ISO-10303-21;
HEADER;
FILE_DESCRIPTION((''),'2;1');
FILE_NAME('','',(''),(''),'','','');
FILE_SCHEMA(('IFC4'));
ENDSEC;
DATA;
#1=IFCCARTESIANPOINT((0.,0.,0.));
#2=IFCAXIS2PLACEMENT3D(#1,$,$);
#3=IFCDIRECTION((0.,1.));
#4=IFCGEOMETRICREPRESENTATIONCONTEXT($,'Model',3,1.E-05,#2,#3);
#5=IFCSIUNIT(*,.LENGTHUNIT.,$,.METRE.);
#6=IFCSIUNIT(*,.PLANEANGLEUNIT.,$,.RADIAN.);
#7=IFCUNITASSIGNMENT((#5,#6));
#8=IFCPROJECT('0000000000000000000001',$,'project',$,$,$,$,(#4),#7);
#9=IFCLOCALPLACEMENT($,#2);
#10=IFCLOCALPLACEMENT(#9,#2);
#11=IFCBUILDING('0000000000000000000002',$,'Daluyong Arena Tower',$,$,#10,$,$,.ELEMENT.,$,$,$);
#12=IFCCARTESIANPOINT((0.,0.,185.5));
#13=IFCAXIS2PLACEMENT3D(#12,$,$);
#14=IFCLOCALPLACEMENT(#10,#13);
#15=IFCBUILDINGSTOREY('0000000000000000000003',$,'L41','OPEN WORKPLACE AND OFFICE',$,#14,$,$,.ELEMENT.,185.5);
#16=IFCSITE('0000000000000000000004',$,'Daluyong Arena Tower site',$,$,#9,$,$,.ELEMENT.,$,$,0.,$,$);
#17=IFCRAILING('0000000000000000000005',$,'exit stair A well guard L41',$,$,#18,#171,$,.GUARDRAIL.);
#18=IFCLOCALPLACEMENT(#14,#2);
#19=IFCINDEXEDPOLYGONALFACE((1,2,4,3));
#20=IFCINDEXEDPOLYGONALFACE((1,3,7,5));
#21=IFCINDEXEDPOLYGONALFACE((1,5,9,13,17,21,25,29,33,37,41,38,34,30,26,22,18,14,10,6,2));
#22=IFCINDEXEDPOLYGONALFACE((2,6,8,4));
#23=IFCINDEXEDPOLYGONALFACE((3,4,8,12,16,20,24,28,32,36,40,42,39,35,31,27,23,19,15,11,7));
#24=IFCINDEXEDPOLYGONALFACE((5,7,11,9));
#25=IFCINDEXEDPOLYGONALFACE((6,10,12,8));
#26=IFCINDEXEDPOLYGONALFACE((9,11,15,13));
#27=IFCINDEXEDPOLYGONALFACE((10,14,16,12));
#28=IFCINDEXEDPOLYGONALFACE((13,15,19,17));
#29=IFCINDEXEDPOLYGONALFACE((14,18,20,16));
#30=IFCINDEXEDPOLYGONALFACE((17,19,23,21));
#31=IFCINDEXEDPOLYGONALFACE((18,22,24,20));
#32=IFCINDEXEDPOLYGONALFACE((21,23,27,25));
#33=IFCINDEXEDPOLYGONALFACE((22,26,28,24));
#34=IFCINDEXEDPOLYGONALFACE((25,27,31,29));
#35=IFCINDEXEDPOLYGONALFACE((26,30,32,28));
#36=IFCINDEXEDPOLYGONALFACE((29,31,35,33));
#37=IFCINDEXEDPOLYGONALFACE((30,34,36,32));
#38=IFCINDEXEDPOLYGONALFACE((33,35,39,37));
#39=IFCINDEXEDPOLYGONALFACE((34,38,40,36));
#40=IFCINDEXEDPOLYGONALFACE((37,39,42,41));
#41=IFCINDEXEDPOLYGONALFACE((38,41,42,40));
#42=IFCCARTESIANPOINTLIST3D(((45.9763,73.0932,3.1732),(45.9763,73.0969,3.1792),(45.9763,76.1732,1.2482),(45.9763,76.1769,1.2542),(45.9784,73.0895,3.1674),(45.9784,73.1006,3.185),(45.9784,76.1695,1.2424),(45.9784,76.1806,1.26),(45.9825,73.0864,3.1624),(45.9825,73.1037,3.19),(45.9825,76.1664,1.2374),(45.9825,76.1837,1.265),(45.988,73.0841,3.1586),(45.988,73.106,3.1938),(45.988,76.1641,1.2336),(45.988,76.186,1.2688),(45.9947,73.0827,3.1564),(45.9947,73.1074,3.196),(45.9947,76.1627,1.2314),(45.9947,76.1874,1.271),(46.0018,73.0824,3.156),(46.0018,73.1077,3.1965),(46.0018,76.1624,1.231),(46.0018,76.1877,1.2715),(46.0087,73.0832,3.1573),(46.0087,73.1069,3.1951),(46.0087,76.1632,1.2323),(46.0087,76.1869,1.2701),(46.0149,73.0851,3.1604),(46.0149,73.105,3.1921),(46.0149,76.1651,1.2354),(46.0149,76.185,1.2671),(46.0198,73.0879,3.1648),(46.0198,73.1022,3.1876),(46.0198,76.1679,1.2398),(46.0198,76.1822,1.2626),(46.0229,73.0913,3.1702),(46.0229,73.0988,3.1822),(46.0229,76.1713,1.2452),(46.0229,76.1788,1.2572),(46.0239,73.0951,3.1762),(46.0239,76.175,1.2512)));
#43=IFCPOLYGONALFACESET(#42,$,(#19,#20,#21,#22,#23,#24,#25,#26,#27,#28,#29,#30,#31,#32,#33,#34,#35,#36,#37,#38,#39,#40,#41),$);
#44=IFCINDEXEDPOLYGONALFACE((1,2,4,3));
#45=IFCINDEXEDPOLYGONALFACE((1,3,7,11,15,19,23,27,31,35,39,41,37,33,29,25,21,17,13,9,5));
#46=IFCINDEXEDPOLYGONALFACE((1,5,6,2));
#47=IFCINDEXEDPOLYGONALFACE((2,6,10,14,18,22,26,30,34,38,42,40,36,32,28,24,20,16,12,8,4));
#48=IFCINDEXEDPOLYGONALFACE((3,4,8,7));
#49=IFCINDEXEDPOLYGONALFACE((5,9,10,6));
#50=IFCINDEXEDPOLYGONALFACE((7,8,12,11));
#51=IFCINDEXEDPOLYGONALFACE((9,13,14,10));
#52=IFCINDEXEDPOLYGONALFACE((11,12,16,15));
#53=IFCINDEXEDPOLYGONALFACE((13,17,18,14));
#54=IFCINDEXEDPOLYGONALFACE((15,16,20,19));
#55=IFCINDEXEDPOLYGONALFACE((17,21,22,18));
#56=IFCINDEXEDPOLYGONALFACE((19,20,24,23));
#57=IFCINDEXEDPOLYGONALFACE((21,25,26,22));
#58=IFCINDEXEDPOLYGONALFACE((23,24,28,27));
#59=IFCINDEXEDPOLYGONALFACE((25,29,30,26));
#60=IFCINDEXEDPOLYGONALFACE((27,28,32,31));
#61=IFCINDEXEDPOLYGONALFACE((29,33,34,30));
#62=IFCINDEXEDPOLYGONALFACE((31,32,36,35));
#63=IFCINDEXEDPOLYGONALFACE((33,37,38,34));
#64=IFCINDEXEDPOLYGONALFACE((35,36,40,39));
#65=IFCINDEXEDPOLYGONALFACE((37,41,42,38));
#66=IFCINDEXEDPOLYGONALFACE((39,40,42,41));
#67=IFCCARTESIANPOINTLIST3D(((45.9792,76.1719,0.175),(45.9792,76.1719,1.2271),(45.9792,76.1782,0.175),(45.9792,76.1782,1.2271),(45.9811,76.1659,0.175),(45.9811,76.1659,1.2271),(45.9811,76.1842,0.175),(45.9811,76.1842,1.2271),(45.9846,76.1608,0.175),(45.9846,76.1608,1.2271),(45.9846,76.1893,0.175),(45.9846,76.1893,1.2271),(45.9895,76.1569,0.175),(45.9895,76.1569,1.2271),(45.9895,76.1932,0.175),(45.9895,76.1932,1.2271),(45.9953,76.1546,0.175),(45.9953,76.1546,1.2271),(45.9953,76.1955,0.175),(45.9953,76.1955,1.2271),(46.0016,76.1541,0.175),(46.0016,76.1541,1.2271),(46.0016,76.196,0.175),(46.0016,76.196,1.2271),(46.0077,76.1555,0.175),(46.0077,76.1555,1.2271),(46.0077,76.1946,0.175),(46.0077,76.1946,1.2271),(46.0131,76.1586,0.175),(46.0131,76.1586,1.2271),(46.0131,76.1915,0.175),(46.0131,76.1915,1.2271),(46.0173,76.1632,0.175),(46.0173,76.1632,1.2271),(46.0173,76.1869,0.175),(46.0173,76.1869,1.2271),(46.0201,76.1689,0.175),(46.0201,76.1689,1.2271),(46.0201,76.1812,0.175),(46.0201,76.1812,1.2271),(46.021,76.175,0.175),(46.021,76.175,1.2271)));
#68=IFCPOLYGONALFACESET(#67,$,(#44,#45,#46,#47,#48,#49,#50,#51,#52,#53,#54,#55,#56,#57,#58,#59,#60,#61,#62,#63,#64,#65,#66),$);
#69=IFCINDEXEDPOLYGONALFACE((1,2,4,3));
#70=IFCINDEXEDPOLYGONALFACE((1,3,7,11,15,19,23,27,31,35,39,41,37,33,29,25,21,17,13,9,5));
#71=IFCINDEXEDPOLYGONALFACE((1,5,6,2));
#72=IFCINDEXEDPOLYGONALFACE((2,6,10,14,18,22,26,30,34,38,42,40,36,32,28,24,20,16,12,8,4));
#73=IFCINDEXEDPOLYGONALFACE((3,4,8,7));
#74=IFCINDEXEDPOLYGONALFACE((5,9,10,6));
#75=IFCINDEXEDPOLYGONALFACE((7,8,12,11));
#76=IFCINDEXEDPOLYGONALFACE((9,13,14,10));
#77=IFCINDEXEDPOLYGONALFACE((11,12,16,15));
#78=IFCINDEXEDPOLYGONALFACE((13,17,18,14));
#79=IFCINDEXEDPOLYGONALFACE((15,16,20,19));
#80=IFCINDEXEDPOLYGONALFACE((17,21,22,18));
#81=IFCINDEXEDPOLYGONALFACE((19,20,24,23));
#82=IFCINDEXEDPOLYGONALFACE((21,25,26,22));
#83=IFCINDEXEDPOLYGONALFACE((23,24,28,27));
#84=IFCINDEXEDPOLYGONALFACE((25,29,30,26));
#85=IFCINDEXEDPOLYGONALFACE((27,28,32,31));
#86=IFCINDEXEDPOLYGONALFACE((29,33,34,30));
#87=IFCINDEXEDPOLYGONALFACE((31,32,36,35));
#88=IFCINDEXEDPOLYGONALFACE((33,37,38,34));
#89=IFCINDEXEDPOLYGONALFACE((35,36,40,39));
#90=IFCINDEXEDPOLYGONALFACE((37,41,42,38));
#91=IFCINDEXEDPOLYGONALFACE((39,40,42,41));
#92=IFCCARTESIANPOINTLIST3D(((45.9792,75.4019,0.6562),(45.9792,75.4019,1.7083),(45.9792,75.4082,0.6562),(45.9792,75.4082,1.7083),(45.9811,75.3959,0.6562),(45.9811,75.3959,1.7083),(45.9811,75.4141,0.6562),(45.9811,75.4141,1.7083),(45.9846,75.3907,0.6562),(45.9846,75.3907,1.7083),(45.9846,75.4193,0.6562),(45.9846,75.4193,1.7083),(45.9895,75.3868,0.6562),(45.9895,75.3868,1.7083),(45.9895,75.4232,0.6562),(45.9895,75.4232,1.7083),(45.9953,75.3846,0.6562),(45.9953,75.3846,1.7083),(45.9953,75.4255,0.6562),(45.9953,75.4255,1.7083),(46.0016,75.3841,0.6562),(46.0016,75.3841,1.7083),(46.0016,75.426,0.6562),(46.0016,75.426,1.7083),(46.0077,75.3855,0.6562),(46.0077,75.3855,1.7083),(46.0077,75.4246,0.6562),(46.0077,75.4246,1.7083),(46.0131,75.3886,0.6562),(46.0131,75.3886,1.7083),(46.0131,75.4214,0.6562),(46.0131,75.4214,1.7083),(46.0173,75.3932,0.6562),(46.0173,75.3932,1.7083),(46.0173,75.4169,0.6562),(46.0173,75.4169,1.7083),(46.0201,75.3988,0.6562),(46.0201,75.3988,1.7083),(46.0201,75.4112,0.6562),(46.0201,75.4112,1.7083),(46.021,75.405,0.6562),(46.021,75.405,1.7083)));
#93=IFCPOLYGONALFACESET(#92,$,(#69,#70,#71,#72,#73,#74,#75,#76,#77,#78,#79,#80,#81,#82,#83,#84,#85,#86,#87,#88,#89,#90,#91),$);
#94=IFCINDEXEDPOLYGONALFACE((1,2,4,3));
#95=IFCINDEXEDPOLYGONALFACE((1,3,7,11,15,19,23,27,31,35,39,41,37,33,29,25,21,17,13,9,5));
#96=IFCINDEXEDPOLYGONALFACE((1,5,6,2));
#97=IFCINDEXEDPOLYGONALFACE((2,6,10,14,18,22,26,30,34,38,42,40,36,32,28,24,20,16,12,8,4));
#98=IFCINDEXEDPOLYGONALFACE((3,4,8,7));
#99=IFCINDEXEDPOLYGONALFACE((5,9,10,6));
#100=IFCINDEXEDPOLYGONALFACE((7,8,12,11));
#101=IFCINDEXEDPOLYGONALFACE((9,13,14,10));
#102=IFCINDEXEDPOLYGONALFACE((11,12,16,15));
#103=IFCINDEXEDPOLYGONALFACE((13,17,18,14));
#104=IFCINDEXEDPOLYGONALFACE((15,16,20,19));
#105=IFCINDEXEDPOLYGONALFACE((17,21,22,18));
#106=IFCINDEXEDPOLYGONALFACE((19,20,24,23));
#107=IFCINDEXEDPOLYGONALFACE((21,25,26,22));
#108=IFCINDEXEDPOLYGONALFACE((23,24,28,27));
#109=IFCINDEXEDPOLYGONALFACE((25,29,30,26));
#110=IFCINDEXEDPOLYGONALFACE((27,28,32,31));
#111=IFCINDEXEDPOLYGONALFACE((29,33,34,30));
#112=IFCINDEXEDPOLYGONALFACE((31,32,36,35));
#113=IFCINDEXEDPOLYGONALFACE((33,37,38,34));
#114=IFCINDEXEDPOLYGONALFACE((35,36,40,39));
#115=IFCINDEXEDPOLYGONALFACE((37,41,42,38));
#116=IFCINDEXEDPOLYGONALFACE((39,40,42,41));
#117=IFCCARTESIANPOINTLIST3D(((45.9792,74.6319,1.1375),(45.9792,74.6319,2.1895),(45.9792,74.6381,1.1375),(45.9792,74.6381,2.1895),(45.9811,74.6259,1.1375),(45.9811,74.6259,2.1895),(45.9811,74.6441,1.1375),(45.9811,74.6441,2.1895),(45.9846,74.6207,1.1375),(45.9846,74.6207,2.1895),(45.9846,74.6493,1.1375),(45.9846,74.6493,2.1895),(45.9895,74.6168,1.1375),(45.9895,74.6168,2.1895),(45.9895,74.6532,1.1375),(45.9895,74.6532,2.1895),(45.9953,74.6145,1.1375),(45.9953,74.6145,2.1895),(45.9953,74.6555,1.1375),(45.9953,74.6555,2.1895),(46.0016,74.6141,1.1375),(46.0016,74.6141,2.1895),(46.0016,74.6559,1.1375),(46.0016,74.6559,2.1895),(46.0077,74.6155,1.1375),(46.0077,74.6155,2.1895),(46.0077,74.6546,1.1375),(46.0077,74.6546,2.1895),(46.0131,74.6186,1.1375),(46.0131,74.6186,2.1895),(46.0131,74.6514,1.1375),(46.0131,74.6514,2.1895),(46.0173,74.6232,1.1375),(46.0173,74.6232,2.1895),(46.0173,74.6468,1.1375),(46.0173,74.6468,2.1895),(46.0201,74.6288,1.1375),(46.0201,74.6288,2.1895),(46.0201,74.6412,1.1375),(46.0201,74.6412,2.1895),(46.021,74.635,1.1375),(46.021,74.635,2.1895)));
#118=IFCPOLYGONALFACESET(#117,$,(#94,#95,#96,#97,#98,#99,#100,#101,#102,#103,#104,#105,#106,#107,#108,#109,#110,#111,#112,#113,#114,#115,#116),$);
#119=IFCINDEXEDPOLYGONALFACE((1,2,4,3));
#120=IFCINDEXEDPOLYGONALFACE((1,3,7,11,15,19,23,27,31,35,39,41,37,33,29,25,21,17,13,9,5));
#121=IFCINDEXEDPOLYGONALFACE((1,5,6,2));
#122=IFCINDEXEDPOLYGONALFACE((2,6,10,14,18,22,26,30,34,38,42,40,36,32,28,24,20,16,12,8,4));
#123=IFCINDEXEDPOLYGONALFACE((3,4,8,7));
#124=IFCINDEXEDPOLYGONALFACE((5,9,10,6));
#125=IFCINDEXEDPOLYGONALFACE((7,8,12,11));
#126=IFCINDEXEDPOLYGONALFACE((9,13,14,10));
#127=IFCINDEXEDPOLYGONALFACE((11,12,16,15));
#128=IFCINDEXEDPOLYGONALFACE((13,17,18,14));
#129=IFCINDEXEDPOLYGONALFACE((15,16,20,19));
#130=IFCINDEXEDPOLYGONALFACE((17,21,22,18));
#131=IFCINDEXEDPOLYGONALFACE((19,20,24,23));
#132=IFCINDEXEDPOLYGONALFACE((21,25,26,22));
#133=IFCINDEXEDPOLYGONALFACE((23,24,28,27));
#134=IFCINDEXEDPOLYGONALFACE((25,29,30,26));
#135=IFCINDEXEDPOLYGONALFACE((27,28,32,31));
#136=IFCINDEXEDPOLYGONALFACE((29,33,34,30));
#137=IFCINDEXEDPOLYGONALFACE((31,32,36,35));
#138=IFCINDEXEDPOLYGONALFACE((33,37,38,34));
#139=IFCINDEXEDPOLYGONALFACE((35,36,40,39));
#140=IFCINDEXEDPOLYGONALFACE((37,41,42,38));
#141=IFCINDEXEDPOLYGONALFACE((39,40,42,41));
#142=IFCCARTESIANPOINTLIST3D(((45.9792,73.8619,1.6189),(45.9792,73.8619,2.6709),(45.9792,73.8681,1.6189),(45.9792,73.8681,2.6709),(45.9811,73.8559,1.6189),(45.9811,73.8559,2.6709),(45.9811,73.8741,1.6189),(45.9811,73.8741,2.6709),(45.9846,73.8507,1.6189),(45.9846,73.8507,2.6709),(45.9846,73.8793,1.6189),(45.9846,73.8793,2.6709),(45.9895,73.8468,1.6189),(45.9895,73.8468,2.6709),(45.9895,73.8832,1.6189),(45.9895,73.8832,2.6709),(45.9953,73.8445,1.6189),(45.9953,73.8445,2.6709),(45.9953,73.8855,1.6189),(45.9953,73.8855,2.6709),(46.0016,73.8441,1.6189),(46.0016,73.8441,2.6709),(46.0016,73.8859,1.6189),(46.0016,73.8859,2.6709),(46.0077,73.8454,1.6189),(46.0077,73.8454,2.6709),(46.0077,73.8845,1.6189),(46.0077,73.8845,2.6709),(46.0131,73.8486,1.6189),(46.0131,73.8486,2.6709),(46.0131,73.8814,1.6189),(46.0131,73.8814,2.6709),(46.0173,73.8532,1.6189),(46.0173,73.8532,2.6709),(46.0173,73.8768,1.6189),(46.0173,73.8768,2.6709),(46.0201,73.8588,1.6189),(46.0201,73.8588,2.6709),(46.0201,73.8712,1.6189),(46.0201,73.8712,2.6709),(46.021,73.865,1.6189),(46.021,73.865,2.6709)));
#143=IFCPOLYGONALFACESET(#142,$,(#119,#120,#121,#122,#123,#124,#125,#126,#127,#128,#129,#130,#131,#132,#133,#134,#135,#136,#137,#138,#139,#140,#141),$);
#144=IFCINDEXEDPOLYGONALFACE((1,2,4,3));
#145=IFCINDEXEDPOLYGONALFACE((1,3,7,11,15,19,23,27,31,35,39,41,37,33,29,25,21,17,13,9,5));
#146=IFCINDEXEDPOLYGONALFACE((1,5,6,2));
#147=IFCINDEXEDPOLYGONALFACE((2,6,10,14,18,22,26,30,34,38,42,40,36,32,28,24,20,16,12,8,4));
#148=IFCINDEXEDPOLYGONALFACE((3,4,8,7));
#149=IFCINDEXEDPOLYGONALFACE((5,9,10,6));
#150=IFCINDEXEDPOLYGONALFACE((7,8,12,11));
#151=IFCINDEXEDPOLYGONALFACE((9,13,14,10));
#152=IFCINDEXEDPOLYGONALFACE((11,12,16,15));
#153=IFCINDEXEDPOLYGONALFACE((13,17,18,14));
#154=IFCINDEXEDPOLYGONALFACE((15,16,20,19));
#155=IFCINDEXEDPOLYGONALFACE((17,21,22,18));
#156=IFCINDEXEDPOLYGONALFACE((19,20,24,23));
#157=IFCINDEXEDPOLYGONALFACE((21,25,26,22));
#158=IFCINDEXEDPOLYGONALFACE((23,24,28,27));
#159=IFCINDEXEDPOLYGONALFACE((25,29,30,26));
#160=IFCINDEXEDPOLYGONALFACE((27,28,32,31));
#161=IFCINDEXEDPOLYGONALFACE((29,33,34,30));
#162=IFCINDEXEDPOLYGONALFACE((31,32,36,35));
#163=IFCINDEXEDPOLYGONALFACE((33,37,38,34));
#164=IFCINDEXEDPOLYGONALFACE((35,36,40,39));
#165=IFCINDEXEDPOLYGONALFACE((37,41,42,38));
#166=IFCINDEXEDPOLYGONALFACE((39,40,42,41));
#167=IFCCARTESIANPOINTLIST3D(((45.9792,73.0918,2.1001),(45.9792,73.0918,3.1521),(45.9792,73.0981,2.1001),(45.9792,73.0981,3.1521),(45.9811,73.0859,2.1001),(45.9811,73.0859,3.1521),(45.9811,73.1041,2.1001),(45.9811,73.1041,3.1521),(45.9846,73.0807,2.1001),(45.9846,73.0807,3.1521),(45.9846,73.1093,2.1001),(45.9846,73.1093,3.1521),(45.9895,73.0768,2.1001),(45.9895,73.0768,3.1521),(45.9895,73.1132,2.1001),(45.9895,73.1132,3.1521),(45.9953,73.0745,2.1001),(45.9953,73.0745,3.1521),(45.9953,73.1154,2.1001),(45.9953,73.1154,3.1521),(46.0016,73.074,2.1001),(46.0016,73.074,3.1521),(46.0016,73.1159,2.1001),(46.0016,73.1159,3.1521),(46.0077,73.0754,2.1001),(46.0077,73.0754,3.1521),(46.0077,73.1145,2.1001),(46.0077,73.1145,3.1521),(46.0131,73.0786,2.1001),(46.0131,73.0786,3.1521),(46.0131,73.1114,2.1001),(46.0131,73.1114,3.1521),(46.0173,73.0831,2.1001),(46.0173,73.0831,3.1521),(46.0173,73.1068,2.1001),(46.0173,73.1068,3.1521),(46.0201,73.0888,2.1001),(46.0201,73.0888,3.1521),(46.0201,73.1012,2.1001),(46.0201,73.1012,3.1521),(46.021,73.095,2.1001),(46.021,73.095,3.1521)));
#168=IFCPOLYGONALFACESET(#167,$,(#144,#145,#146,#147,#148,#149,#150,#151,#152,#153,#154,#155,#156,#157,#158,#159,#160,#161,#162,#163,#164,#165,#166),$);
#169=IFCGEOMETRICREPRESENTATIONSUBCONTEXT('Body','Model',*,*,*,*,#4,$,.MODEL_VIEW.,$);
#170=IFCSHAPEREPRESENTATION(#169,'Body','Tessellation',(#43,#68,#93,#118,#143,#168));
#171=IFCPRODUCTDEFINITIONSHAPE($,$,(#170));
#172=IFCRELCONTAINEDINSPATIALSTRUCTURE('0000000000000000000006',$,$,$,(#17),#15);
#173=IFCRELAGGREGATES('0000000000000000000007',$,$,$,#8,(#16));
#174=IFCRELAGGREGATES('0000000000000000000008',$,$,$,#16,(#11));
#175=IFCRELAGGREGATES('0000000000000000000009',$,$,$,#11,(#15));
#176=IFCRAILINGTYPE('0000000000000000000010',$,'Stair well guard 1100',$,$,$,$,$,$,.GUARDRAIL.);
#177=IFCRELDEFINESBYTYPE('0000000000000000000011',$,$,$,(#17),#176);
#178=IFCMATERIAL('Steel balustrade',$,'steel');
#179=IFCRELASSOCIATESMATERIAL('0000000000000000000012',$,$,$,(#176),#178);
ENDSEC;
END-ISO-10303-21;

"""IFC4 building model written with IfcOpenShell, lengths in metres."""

from ifc_helpers import new_model, si_unit, direction, frame, origin, origin_2d, place, context, subcontext, project, spatial, circle, extrude, material, type_object, element, save


model = new_model("IFC4")

# Units and contexts
model_context = context("Model", 3, precision=1e-05, world=origin(), true_north=direction((0.0, 1.0)))
body_context = subcontext(model_context, "Body", "Model", "MODEL_VIEW")
ifc_project = project(units=[si_unit("LENGTHUNIT", "METRE"), si_unit("PLANEANGLEUNIT", "RADIAN")], contexts=[model_context])

# Site, building, storey
site_placement = place(None, origin())
site = spatial("IfcSite", under=ifc_project, at=site_placement, Name="Daluyong Arena Tower site", CompositionType="ELEMENT", RefElevation=0.0)
building_placement = place(site_placement, origin())
building = spatial("IfcBuilding", under=site, at=building_placement, Name="Daluyong Arena Tower", CompositionType="ELEMENT")
storey_placement = place(building_placement, frame((0.0, 0.0, 185.5)))
storey = spatial("IfcBuildingStorey", under=building, at=storey_placement, Name="L41", Description="OPEN WORKPLACE AND OFFICE", CompositionType="ELEMENT", Elevation=185.5)

# Railing
ifc_material_1 = material(Name="Steel balustrade", Category="steel")
railing_type_1 = type_object("IfcRailingType", Name="Stair well guard 1100", PredefinedType="GUARDRAIL", material=ifc_material_1)
railing_1_placement = place(storey_placement, frame((46.0, 76.175, 0.175)))
element("IfcRailing", 1, at=railing_1_placement, inside=storey, type_object=railing_type_1, Name="exit stair A well guard L41", PredefinedType="GUARDRAIL", context=body_context, shape_type="SweptSolid", body=[
    extrude(circle(Radius=0.0239, at=origin_2d()), frame((0.0, 0.0, 1.0762), z_axis=(0.0, -0.847998, 0.529999), x_axis=(1.0, 0.0, 0.0)), (0.0, 0.0, 1.0), 3.6321),
    extrude(circle(Radius=0.021, at=origin_2d()), origin(), (0.0, 0.0, 1.0), 1.052),
    extrude(circle(Radius=0.021, at=origin_2d()), frame((0.0, -0.77, 0.4812)), (0.0, 0.0, 1.0), 1.052),
    extrude(circle(Radius=0.021, at=origin_2d()), frame((0.0, -1.54, 0.9624)), (0.0, 0.0, 1.0), 1.052),
    extrude(circle(Radius=0.021, at=origin_2d()), frame((0.0, -2.3101, 1.4438)), (0.0, 0.0, 1.0), 1.052),
    extrude(circle(Radius=0.021, at=origin_2d()), frame((0.0, -3.0801, 1.925)), (0.0, 0.0, 1.0), 1.052),
])

save(model, "model.ifc")
